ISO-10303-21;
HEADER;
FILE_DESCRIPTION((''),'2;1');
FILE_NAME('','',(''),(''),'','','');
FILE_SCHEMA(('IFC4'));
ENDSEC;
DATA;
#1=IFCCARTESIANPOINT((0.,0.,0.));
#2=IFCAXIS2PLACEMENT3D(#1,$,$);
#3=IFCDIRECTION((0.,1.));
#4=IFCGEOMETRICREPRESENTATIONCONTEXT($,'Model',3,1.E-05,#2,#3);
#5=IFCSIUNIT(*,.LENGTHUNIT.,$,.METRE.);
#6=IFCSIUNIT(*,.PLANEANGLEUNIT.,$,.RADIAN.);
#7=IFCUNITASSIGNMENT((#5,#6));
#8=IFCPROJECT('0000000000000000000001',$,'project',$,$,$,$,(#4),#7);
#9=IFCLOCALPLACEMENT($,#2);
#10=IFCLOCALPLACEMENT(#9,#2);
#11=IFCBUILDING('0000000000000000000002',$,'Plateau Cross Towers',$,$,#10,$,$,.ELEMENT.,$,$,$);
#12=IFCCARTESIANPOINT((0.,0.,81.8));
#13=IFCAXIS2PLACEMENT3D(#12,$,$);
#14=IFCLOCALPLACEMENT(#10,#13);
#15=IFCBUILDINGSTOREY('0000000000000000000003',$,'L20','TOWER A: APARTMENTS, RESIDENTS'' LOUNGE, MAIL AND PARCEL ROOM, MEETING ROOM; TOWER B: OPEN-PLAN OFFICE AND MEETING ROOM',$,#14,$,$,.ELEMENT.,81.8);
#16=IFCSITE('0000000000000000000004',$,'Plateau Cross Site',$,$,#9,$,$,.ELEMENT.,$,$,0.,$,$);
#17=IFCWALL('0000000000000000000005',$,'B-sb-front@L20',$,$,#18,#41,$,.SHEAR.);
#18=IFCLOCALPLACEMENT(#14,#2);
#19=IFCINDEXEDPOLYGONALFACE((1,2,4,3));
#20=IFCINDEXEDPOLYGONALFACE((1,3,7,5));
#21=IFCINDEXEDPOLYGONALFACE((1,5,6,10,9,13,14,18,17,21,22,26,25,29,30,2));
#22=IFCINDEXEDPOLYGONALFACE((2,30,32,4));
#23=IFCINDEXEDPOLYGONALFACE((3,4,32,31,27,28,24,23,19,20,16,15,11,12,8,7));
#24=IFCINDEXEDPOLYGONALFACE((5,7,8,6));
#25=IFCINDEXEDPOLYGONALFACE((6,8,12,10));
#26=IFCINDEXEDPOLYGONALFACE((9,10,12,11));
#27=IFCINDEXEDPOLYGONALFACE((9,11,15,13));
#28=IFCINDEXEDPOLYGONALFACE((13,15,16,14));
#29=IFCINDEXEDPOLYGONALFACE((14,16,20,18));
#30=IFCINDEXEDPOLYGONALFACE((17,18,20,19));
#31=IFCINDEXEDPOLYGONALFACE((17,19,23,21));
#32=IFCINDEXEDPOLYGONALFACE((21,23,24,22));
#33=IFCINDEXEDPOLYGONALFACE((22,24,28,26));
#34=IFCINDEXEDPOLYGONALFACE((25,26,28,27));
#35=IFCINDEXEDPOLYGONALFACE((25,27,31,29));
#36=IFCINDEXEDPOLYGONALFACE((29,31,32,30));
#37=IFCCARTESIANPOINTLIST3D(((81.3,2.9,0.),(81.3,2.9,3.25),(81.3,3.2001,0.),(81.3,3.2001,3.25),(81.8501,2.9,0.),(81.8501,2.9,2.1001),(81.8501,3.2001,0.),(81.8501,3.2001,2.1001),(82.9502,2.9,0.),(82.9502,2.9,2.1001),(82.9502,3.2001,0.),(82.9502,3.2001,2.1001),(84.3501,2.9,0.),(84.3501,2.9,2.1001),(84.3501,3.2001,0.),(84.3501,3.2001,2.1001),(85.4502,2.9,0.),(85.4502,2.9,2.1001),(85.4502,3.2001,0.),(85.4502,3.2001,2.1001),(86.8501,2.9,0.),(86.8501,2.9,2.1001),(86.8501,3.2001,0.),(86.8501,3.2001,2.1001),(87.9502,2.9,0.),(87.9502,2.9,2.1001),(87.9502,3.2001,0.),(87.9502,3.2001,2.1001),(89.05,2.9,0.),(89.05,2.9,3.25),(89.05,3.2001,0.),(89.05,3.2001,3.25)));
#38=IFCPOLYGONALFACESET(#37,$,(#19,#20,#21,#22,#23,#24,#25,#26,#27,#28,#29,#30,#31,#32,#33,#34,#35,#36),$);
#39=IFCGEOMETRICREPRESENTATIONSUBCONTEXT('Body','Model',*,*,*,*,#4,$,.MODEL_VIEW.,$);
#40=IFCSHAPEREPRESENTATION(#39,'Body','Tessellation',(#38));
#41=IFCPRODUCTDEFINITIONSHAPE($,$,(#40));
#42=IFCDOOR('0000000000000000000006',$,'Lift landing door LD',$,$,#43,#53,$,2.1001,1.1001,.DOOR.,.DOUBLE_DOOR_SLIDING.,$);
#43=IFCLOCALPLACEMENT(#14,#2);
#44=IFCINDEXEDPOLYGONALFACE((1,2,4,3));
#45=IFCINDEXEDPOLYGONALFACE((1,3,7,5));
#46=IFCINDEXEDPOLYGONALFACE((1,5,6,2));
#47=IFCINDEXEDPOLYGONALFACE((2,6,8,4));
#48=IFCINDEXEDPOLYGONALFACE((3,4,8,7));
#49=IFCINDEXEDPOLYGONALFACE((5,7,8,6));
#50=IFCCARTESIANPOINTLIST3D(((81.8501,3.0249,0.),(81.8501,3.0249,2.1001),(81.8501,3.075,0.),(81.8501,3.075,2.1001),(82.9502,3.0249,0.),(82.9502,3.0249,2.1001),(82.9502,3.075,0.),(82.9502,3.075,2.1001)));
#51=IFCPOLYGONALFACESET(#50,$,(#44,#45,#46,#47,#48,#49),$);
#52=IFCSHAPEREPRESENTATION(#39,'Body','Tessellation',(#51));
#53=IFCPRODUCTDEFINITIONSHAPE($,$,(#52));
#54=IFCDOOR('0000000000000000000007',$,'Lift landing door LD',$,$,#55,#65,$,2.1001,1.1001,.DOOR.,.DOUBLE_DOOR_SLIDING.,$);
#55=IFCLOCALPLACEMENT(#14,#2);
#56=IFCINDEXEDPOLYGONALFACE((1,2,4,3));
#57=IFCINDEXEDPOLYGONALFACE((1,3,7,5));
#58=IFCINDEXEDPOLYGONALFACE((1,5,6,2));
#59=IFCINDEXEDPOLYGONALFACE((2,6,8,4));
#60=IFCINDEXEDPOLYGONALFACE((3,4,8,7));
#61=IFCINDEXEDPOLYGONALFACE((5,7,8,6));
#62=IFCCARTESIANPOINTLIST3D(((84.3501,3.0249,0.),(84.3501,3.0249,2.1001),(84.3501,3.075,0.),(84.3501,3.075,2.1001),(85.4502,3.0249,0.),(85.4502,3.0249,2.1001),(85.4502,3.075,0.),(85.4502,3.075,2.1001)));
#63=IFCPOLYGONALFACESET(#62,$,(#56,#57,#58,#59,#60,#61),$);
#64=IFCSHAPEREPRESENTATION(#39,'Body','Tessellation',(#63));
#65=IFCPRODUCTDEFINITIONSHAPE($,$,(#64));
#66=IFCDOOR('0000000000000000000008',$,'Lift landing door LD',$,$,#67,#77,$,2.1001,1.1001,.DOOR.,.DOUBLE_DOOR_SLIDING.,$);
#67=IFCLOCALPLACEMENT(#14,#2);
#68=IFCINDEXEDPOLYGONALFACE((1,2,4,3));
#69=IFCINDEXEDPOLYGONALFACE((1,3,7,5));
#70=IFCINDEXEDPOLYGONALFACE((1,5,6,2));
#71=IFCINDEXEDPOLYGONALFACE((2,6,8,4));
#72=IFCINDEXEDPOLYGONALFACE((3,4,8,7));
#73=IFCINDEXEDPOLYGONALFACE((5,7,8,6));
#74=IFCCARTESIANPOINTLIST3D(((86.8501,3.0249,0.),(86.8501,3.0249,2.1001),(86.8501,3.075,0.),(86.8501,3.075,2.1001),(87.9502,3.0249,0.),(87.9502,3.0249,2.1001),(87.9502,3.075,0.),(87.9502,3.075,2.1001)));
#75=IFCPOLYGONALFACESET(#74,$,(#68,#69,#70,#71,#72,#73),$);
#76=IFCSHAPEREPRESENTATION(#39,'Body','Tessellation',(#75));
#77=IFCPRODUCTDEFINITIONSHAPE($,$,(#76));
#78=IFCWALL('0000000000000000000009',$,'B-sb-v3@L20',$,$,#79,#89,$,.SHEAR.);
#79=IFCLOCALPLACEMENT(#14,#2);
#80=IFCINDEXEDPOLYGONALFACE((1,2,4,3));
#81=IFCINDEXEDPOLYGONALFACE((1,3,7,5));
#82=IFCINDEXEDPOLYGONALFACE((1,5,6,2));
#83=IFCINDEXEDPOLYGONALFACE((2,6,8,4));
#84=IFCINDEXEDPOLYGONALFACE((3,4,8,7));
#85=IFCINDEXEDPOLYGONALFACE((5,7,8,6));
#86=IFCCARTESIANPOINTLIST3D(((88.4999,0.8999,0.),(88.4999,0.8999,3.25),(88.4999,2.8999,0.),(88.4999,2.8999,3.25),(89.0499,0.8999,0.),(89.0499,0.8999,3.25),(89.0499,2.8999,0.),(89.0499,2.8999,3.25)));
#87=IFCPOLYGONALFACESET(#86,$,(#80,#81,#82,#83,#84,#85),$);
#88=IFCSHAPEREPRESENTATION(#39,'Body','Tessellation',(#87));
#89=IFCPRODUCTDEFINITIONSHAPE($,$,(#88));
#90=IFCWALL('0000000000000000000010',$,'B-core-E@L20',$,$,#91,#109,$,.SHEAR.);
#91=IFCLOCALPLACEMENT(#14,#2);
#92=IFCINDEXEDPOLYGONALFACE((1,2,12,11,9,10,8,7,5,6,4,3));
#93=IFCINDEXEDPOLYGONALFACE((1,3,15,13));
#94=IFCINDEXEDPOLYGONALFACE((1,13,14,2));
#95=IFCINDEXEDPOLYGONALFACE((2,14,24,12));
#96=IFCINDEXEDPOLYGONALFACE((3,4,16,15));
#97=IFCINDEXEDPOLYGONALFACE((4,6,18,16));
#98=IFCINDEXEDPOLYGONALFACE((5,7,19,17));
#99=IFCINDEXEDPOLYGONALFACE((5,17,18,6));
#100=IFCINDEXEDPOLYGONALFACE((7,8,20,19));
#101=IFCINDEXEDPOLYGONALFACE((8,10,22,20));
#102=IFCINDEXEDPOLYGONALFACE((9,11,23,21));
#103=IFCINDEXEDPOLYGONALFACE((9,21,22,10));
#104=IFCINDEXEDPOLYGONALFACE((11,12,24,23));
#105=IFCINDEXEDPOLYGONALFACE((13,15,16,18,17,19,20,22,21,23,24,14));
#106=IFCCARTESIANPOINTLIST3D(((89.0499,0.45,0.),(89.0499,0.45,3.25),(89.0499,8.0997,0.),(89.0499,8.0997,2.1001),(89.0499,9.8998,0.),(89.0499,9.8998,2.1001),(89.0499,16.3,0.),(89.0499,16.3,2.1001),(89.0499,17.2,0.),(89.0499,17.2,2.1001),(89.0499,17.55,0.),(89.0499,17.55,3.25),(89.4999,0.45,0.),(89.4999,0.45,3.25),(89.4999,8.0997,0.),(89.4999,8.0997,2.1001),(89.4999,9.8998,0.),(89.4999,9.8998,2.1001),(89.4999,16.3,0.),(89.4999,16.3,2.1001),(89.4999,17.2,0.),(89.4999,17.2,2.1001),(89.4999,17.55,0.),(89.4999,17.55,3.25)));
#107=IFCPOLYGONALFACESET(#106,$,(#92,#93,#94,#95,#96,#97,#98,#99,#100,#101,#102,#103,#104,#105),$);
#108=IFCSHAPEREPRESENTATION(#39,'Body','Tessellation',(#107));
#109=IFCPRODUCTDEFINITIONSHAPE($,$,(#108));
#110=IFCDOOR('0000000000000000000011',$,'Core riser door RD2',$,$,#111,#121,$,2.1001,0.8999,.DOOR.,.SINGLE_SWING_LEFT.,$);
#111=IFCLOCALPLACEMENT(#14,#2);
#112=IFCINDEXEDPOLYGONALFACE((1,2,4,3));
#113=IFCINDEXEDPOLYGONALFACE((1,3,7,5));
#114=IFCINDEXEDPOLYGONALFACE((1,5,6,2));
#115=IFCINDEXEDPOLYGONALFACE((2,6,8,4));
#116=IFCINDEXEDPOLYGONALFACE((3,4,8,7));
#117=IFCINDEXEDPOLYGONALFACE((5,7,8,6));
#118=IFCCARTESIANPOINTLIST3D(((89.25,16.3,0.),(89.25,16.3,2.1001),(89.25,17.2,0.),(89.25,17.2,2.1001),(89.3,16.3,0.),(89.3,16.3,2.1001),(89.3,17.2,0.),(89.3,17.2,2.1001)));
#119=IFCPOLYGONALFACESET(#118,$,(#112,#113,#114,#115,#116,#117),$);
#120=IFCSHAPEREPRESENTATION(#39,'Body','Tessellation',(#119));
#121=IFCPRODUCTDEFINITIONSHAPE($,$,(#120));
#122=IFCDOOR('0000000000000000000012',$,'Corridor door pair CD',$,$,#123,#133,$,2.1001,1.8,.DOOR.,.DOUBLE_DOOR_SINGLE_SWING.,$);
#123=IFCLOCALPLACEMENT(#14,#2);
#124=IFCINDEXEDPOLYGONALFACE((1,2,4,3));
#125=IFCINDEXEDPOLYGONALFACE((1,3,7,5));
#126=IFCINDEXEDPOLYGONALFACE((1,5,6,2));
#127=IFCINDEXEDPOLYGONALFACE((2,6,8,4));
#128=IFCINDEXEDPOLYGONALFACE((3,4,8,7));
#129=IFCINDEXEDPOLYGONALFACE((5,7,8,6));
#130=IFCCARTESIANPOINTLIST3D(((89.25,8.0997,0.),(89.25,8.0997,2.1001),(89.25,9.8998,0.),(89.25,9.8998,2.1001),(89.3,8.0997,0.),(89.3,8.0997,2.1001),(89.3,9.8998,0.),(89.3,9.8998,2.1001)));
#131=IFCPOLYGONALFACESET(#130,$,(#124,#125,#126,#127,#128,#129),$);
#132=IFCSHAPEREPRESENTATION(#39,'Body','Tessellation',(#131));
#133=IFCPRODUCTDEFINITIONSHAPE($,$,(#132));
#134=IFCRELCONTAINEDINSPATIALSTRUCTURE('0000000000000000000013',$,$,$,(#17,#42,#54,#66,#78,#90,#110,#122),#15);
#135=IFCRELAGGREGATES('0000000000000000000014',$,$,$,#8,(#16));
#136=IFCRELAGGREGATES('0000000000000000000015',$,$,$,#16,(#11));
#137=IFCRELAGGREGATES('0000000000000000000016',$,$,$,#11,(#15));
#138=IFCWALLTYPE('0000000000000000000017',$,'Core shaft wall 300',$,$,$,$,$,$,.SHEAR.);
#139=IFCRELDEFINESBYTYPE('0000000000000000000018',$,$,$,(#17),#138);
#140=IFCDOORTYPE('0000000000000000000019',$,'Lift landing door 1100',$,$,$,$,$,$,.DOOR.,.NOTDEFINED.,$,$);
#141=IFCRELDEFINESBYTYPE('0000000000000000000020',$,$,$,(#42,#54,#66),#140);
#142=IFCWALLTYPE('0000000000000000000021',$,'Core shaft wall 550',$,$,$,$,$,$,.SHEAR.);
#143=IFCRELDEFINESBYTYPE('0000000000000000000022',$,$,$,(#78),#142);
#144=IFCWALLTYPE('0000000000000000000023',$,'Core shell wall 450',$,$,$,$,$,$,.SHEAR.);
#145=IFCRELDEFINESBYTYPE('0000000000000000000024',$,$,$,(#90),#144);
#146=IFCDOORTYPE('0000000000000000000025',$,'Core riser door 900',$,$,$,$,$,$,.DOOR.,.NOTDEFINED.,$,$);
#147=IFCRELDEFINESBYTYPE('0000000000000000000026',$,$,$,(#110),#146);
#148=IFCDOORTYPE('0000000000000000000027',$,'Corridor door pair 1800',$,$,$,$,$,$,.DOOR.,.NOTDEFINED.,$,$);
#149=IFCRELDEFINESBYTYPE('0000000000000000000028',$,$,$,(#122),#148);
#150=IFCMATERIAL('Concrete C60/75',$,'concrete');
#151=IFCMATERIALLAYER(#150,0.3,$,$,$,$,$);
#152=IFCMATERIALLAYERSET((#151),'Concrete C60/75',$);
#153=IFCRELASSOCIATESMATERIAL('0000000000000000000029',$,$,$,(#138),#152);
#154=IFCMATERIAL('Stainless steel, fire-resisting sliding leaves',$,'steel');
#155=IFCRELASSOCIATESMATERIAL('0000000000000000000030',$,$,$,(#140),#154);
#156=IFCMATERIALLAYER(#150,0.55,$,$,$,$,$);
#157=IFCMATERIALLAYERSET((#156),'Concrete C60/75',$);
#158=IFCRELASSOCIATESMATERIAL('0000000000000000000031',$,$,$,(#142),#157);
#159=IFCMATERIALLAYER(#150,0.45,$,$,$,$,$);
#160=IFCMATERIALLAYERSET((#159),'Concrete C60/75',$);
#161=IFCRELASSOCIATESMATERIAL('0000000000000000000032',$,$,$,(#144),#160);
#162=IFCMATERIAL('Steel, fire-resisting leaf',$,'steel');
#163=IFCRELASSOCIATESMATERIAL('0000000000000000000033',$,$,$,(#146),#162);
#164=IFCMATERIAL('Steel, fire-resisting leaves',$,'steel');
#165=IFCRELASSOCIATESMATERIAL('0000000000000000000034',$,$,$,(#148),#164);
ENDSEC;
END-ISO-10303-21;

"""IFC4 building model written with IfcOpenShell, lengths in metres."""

from ifc_helpers import new_model, si_unit, direction, frame, frame_2d, origin, place, context, subcontext, project, spatial, rectangle, extrude, material, layer, layer_set, type_object, element, fill, save


model = new_model("IFC4")

# Units and contexts
model_context = context("Model", 3, precision=1e-05, world=origin(), true_north=direction((0.0, 1.0)))
body_context = subcontext(model_context, "Body", "Model", "MODEL_VIEW")
ifc_project = project(units=[si_unit("LENGTHUNIT", "METRE"), si_unit("PLANEANGLEUNIT", "RADIAN")], contexts=[model_context])

# Site, building, storey
site_placement = place(None, origin())
site = spatial("IfcSite", under=ifc_project, at=site_placement, Name="Plateau Cross Site", CompositionType="ELEMENT", RefElevation=0.0)
building_placement = place(site_placement, origin())
building = spatial("IfcBuilding", under=site, at=building_placement, Name="Plateau Cross Towers", CompositionType="ELEMENT")
storey_placement = place(building_placement, frame((0.0, 0.0, 81.8)))
storey = spatial("IfcBuildingStorey", under=building, at=storey_placement, Name="L20", Description="TOWER A: APARTMENTS, RESIDENTS' LOUNGE, MAIL AND PARCEL ROOM, MEETING ROOM; TOWER B: OPEN-PLAN OFFICE AND MEETING ROOM", CompositionType="ELEMENT", Elevation=81.8)

# Shared definitions
ifc_material_1 = material(Name="Concrete C60/75", Category="concrete")

# Shared definitions
ifc_layer_1 = layer(ifc_material_1, 0.3)
ifc_layer_set_1 = layer_set([ifc_layer_1], Name="Concrete C60/75")
wall_type_1 = type_object("IfcWallType", Name="Core shaft wall 300", PredefinedType="SHEAR", material=ifc_layer_set_1)

# Wall, openings, doors
wall_1_placement = place(storey_placement, frame((81.3, 3.05, 0.0), z_axis=(0.0, 0.0, 1.0), x_axis=(1.0, 0.0, 0.0)))
wall_1 = element("IfcWall", 1, at=wall_1_placement, inside=storey, type_object=wall_type_1, Name="B-sb-front@L20", PredefinedType="SHEAR", context=body_context, shape_type="SweptSolid", body=[
    extrude(rectangle(XDim=7.75, YDim=0.3, at=frame_2d((3.875, 0.0))), origin(), (0.0, 0.0, 1.0), 3.25),
])
opening_1_placement = place(wall_1_placement, frame((0.55, 0.0, 0.0)))
opening_1 = element("IfcOpeningElement", 2, at=opening_1_placement, cuts=wall_1, PredefinedType="OPENING", context=body_context, shape_type="SweptSolid", body=[
    extrude(rectangle(XDim=1.1001, YDim=2.1001, at=frame_2d((0.55, 1.05))), frame((0.0, 0.1599, 0.0), z_axis=(0.0, -1.0, 0.0), x_axis=(1.0, 0.0, 0.0)), (0.0, 0.0, 1.0), 0.3201),
])
opening_2_placement = place(wall_1_placement, frame((3.05, 0.0, 0.0)))
opening_2 = element("IfcOpeningElement", 3, at=opening_2_placement, cuts=wall_1, PredefinedType="OPENING", context=body_context, shape_type="SweptSolid", body=[
    extrude(rectangle(XDim=1.1001, YDim=2.1001, at=frame_2d((0.55, 1.05))), frame((0.0, 0.1599, 0.0), z_axis=(0.0, -1.0, 0.0), x_axis=(1.0, 0.0, 0.0)), (0.0, 0.0, 1.0), 0.3201),
])
opening_3_placement = place(wall_1_placement, frame((5.55, 0.0, 0.0)))
opening_3 = element("IfcOpeningElement", 4, at=opening_3_placement, cuts=wall_1, PredefinedType="OPENING", context=body_context, shape_type="SweptSolid", body=[
    extrude(rectangle(XDim=1.1001, YDim=2.1001, at=frame_2d((0.55, 1.05))), frame((0.0, 0.1599, 0.0), z_axis=(0.0, -1.0, 0.0), x_axis=(1.0, 0.0, 0.0)), (0.0, 0.0, 1.0), 0.3201),
])
ifc_material_2 = material(Name="Stainless steel, fire-resisting sliding leaves", Category="steel")
door_type_1 = type_object("IfcDoorType", Name="Lift landing door 1100", OperationType="NOTDEFINED", PredefinedType="DOOR", material=ifc_material_2)
door_1_placement = place(opening_1_placement, origin())
door_1 = element("IfcDoor", 5, at=door_1_placement, inside=storey, type_object=door_type_1, Name="Lift landing door LD", OperationType="DOUBLE_DOOR_SLIDING", OverallHeight=2.1001, OverallWidth=1.1001, PredefinedType="DOOR", context=body_context, shape_type="SweptSolid", body=[
    extrude(rectangle(XDim=1.1001, YDim=2.1001, at=frame_2d((0.55, 1.05))), frame((0.0, 0.0249, 0.0), z_axis=(0.0, -1.0, 0.0), x_axis=(1.0, 0.0, 0.0)), (0.0, 0.0, 1.0), 0.05),
])
fill(opening_1, door_1)
door_2_placement = place(opening_2_placement, origin())
door_2 = element("IfcDoor", 6, at=door_2_placement, inside=storey, type_object=door_type_1, Name="Lift landing door LD", OperationType="DOUBLE_DOOR_SLIDING", OverallHeight=2.1001, OverallWidth=1.1001, PredefinedType="DOOR", context=body_context, shape_type="SweptSolid", body=[
    extrude(rectangle(XDim=1.1001, YDim=2.1001, at=frame_2d((0.55, 1.05))), frame((0.0, 0.0249, 0.0), z_axis=(0.0, -1.0, 0.0), x_axis=(1.0, 0.0, 0.0)), (0.0, 0.0, 1.0), 0.05),
])
fill(opening_2, door_2)
door_3_placement = place(opening_3_placement, origin())
door_3 = element("IfcDoor", 7, at=door_3_placement, inside=storey, type_object=door_type_1, Name="Lift landing door LD", OperationType="DOUBLE_DOOR_SLIDING", OverallHeight=2.1001, OverallWidth=1.1001, PredefinedType="DOOR", context=body_context, shape_type="SweptSolid", body=[
    extrude(rectangle(XDim=1.1001, YDim=2.1001, at=frame_2d((0.55, 1.05))), frame((0.0, 0.0249, 0.0), z_axis=(0.0, -1.0, 0.0), x_axis=(1.0, 0.0, 0.0)), (0.0, 0.0, 1.0), 0.05),
])
fill(opening_3, door_3)

# Wall
ifc_layer_2 = layer(ifc_material_1, 0.55)
ifc_layer_set_2 = layer_set([ifc_layer_2], Name="Concrete C60/75")
wall_type_2 = type_object("IfcWallType", Name="Core shaft wall 550", PredefinedType="SHEAR", material=ifc_layer_set_2)
wall_2_placement = place(storey_placement, frame((88.7749, 0.8999, 0.0), z_axis=(0.0, 0.0, 1.0), x_axis=(0.0, 1.0, 0.0)))
element("IfcWall", 8, at=wall_2_placement, inside=storey, type_object=wall_type_2, Name="B-sb-v3@L20", PredefinedType="SHEAR", context=body_context, shape_type="SweptSolid", body=[
    extrude(rectangle(XDim=2.0, YDim=0.55, at=frame_2d((1.0, 0.0))), origin(), (0.0, 0.0, 1.0), 3.25),
])

# Wall, openings, doors
ifc_layer_3 = layer(ifc_material_1, 0.45)
ifc_layer_set_3 = layer_set([ifc_layer_3], Name="Concrete C60/75")
wall_type_3 = type_object("IfcWallType", Name="Core shell wall 450", PredefinedType="SHEAR", material=ifc_layer_set_3)
wall_3_placement = place(storey_placement, frame((89.2749, 0.45, 0.0), z_axis=(0.0, 0.0, 1.0), x_axis=(0.0, 1.0, 0.0)))
wall_3 = element("IfcWall", 9, at=wall_3_placement, inside=storey, type_object=wall_type_3, Name="B-core-E@L20", PredefinedType="SHEAR", context=body_context, shape_type="SweptSolid", body=[
    extrude(rectangle(XDim=17.1001, YDim=0.45, at=frame_2d((8.55, 0.0))), origin(), (0.0, 0.0, 1.0), 3.25),
])
opening_4_placement = place(wall_3_placement, frame((7.6499, 0.0, 0.0)))
opening_4 = element("IfcOpeningElement", 10, at=opening_4_placement, cuts=wall_3, PredefinedType="OPENING", context=body_context, shape_type="SweptSolid", body=[
    extrude(rectangle(XDim=1.8, YDim=2.1001, at=frame_2d((0.8999, 1.05))), frame((0.0, 0.2349, 0.0), z_axis=(0.0, -1.0, 0.0), x_axis=(1.0, 0.0, 0.0)), (0.0, 0.0, 1.0), 0.47),
])
opening_5_placement = place(wall_3_placement, frame((15.8501, 0.0, 0.0)))
opening_5 = element("IfcOpeningElement", 11, at=opening_5_placement, cuts=wall_3, PredefinedType="OPENING", context=body_context, shape_type="SweptSolid", body=[
    extrude(rectangle(XDim=0.8999, YDim=2.1001, at=frame_2d((0.45, 1.05))), frame((0.0, 0.2349, 0.0), z_axis=(0.0, -1.0, 0.0), x_axis=(1.0, 0.0, 0.0)), (0.0, 0.0, 1.0), 0.47),
])
ifc_material_3 = material(Name="Steel, fire-resisting leaf", Category="steel")
door_type_2 = type_object("IfcDoorType", Name="Core riser door 900", OperationType="NOTDEFINED", PredefinedType="DOOR", material=ifc_material_3)
door_4_placement = place(opening_5_placement, origin())
door_4 = element("IfcDoor", 12, at=door_4_placement, inside=storey, type_object=door_type_2, Name="Core riser door RD2", OperationType="SINGLE_SWING_LEFT", OverallHeight=2.1001, OverallWidth=0.8999, PredefinedType="DOOR", context=body_context, shape_type="SweptSolid", body=[
    extrude(rectangle(XDim=0.8999, YDim=2.1001, at=frame_2d((0.45, 1.05))), frame((0.0, 0.0249, 0.0), z_axis=(0.0, -1.0, 0.0), x_axis=(1.0, 0.0, 0.0)), (0.0, 0.0, 1.0), 0.05),
])
fill(opening_5, door_4)
ifc_material_4 = material(Name="Steel, fire-resisting leaves", Category="steel")
door_type_3 = type_object("IfcDoorType", Name="Corridor door pair 1800", OperationType="NOTDEFINED", PredefinedType="DOOR", material=ifc_material_4)
door_5_placement = place(opening_4_placement, origin())
door_5 = element("IfcDoor", 13, at=door_5_placement, inside=storey, type_object=door_type_3, Name="Corridor door pair CD", OperationType="DOUBLE_DOOR_SINGLE_SWING", OverallHeight=2.1001, OverallWidth=1.8, PredefinedType="DOOR", context=body_context, shape_type="SweptSolid", body=[
    extrude(rectangle(XDim=1.8, YDim=2.1001, at=frame_2d((0.8999, 1.05))), frame((0.0, 0.0249, 0.0), z_axis=(0.0, -1.0, 0.0), x_axis=(1.0, 0.0, 0.0)), (0.0, 0.0, 1.0), 0.05),
])
fill(opening_4, door_5)

save(model, "model.ifc")
